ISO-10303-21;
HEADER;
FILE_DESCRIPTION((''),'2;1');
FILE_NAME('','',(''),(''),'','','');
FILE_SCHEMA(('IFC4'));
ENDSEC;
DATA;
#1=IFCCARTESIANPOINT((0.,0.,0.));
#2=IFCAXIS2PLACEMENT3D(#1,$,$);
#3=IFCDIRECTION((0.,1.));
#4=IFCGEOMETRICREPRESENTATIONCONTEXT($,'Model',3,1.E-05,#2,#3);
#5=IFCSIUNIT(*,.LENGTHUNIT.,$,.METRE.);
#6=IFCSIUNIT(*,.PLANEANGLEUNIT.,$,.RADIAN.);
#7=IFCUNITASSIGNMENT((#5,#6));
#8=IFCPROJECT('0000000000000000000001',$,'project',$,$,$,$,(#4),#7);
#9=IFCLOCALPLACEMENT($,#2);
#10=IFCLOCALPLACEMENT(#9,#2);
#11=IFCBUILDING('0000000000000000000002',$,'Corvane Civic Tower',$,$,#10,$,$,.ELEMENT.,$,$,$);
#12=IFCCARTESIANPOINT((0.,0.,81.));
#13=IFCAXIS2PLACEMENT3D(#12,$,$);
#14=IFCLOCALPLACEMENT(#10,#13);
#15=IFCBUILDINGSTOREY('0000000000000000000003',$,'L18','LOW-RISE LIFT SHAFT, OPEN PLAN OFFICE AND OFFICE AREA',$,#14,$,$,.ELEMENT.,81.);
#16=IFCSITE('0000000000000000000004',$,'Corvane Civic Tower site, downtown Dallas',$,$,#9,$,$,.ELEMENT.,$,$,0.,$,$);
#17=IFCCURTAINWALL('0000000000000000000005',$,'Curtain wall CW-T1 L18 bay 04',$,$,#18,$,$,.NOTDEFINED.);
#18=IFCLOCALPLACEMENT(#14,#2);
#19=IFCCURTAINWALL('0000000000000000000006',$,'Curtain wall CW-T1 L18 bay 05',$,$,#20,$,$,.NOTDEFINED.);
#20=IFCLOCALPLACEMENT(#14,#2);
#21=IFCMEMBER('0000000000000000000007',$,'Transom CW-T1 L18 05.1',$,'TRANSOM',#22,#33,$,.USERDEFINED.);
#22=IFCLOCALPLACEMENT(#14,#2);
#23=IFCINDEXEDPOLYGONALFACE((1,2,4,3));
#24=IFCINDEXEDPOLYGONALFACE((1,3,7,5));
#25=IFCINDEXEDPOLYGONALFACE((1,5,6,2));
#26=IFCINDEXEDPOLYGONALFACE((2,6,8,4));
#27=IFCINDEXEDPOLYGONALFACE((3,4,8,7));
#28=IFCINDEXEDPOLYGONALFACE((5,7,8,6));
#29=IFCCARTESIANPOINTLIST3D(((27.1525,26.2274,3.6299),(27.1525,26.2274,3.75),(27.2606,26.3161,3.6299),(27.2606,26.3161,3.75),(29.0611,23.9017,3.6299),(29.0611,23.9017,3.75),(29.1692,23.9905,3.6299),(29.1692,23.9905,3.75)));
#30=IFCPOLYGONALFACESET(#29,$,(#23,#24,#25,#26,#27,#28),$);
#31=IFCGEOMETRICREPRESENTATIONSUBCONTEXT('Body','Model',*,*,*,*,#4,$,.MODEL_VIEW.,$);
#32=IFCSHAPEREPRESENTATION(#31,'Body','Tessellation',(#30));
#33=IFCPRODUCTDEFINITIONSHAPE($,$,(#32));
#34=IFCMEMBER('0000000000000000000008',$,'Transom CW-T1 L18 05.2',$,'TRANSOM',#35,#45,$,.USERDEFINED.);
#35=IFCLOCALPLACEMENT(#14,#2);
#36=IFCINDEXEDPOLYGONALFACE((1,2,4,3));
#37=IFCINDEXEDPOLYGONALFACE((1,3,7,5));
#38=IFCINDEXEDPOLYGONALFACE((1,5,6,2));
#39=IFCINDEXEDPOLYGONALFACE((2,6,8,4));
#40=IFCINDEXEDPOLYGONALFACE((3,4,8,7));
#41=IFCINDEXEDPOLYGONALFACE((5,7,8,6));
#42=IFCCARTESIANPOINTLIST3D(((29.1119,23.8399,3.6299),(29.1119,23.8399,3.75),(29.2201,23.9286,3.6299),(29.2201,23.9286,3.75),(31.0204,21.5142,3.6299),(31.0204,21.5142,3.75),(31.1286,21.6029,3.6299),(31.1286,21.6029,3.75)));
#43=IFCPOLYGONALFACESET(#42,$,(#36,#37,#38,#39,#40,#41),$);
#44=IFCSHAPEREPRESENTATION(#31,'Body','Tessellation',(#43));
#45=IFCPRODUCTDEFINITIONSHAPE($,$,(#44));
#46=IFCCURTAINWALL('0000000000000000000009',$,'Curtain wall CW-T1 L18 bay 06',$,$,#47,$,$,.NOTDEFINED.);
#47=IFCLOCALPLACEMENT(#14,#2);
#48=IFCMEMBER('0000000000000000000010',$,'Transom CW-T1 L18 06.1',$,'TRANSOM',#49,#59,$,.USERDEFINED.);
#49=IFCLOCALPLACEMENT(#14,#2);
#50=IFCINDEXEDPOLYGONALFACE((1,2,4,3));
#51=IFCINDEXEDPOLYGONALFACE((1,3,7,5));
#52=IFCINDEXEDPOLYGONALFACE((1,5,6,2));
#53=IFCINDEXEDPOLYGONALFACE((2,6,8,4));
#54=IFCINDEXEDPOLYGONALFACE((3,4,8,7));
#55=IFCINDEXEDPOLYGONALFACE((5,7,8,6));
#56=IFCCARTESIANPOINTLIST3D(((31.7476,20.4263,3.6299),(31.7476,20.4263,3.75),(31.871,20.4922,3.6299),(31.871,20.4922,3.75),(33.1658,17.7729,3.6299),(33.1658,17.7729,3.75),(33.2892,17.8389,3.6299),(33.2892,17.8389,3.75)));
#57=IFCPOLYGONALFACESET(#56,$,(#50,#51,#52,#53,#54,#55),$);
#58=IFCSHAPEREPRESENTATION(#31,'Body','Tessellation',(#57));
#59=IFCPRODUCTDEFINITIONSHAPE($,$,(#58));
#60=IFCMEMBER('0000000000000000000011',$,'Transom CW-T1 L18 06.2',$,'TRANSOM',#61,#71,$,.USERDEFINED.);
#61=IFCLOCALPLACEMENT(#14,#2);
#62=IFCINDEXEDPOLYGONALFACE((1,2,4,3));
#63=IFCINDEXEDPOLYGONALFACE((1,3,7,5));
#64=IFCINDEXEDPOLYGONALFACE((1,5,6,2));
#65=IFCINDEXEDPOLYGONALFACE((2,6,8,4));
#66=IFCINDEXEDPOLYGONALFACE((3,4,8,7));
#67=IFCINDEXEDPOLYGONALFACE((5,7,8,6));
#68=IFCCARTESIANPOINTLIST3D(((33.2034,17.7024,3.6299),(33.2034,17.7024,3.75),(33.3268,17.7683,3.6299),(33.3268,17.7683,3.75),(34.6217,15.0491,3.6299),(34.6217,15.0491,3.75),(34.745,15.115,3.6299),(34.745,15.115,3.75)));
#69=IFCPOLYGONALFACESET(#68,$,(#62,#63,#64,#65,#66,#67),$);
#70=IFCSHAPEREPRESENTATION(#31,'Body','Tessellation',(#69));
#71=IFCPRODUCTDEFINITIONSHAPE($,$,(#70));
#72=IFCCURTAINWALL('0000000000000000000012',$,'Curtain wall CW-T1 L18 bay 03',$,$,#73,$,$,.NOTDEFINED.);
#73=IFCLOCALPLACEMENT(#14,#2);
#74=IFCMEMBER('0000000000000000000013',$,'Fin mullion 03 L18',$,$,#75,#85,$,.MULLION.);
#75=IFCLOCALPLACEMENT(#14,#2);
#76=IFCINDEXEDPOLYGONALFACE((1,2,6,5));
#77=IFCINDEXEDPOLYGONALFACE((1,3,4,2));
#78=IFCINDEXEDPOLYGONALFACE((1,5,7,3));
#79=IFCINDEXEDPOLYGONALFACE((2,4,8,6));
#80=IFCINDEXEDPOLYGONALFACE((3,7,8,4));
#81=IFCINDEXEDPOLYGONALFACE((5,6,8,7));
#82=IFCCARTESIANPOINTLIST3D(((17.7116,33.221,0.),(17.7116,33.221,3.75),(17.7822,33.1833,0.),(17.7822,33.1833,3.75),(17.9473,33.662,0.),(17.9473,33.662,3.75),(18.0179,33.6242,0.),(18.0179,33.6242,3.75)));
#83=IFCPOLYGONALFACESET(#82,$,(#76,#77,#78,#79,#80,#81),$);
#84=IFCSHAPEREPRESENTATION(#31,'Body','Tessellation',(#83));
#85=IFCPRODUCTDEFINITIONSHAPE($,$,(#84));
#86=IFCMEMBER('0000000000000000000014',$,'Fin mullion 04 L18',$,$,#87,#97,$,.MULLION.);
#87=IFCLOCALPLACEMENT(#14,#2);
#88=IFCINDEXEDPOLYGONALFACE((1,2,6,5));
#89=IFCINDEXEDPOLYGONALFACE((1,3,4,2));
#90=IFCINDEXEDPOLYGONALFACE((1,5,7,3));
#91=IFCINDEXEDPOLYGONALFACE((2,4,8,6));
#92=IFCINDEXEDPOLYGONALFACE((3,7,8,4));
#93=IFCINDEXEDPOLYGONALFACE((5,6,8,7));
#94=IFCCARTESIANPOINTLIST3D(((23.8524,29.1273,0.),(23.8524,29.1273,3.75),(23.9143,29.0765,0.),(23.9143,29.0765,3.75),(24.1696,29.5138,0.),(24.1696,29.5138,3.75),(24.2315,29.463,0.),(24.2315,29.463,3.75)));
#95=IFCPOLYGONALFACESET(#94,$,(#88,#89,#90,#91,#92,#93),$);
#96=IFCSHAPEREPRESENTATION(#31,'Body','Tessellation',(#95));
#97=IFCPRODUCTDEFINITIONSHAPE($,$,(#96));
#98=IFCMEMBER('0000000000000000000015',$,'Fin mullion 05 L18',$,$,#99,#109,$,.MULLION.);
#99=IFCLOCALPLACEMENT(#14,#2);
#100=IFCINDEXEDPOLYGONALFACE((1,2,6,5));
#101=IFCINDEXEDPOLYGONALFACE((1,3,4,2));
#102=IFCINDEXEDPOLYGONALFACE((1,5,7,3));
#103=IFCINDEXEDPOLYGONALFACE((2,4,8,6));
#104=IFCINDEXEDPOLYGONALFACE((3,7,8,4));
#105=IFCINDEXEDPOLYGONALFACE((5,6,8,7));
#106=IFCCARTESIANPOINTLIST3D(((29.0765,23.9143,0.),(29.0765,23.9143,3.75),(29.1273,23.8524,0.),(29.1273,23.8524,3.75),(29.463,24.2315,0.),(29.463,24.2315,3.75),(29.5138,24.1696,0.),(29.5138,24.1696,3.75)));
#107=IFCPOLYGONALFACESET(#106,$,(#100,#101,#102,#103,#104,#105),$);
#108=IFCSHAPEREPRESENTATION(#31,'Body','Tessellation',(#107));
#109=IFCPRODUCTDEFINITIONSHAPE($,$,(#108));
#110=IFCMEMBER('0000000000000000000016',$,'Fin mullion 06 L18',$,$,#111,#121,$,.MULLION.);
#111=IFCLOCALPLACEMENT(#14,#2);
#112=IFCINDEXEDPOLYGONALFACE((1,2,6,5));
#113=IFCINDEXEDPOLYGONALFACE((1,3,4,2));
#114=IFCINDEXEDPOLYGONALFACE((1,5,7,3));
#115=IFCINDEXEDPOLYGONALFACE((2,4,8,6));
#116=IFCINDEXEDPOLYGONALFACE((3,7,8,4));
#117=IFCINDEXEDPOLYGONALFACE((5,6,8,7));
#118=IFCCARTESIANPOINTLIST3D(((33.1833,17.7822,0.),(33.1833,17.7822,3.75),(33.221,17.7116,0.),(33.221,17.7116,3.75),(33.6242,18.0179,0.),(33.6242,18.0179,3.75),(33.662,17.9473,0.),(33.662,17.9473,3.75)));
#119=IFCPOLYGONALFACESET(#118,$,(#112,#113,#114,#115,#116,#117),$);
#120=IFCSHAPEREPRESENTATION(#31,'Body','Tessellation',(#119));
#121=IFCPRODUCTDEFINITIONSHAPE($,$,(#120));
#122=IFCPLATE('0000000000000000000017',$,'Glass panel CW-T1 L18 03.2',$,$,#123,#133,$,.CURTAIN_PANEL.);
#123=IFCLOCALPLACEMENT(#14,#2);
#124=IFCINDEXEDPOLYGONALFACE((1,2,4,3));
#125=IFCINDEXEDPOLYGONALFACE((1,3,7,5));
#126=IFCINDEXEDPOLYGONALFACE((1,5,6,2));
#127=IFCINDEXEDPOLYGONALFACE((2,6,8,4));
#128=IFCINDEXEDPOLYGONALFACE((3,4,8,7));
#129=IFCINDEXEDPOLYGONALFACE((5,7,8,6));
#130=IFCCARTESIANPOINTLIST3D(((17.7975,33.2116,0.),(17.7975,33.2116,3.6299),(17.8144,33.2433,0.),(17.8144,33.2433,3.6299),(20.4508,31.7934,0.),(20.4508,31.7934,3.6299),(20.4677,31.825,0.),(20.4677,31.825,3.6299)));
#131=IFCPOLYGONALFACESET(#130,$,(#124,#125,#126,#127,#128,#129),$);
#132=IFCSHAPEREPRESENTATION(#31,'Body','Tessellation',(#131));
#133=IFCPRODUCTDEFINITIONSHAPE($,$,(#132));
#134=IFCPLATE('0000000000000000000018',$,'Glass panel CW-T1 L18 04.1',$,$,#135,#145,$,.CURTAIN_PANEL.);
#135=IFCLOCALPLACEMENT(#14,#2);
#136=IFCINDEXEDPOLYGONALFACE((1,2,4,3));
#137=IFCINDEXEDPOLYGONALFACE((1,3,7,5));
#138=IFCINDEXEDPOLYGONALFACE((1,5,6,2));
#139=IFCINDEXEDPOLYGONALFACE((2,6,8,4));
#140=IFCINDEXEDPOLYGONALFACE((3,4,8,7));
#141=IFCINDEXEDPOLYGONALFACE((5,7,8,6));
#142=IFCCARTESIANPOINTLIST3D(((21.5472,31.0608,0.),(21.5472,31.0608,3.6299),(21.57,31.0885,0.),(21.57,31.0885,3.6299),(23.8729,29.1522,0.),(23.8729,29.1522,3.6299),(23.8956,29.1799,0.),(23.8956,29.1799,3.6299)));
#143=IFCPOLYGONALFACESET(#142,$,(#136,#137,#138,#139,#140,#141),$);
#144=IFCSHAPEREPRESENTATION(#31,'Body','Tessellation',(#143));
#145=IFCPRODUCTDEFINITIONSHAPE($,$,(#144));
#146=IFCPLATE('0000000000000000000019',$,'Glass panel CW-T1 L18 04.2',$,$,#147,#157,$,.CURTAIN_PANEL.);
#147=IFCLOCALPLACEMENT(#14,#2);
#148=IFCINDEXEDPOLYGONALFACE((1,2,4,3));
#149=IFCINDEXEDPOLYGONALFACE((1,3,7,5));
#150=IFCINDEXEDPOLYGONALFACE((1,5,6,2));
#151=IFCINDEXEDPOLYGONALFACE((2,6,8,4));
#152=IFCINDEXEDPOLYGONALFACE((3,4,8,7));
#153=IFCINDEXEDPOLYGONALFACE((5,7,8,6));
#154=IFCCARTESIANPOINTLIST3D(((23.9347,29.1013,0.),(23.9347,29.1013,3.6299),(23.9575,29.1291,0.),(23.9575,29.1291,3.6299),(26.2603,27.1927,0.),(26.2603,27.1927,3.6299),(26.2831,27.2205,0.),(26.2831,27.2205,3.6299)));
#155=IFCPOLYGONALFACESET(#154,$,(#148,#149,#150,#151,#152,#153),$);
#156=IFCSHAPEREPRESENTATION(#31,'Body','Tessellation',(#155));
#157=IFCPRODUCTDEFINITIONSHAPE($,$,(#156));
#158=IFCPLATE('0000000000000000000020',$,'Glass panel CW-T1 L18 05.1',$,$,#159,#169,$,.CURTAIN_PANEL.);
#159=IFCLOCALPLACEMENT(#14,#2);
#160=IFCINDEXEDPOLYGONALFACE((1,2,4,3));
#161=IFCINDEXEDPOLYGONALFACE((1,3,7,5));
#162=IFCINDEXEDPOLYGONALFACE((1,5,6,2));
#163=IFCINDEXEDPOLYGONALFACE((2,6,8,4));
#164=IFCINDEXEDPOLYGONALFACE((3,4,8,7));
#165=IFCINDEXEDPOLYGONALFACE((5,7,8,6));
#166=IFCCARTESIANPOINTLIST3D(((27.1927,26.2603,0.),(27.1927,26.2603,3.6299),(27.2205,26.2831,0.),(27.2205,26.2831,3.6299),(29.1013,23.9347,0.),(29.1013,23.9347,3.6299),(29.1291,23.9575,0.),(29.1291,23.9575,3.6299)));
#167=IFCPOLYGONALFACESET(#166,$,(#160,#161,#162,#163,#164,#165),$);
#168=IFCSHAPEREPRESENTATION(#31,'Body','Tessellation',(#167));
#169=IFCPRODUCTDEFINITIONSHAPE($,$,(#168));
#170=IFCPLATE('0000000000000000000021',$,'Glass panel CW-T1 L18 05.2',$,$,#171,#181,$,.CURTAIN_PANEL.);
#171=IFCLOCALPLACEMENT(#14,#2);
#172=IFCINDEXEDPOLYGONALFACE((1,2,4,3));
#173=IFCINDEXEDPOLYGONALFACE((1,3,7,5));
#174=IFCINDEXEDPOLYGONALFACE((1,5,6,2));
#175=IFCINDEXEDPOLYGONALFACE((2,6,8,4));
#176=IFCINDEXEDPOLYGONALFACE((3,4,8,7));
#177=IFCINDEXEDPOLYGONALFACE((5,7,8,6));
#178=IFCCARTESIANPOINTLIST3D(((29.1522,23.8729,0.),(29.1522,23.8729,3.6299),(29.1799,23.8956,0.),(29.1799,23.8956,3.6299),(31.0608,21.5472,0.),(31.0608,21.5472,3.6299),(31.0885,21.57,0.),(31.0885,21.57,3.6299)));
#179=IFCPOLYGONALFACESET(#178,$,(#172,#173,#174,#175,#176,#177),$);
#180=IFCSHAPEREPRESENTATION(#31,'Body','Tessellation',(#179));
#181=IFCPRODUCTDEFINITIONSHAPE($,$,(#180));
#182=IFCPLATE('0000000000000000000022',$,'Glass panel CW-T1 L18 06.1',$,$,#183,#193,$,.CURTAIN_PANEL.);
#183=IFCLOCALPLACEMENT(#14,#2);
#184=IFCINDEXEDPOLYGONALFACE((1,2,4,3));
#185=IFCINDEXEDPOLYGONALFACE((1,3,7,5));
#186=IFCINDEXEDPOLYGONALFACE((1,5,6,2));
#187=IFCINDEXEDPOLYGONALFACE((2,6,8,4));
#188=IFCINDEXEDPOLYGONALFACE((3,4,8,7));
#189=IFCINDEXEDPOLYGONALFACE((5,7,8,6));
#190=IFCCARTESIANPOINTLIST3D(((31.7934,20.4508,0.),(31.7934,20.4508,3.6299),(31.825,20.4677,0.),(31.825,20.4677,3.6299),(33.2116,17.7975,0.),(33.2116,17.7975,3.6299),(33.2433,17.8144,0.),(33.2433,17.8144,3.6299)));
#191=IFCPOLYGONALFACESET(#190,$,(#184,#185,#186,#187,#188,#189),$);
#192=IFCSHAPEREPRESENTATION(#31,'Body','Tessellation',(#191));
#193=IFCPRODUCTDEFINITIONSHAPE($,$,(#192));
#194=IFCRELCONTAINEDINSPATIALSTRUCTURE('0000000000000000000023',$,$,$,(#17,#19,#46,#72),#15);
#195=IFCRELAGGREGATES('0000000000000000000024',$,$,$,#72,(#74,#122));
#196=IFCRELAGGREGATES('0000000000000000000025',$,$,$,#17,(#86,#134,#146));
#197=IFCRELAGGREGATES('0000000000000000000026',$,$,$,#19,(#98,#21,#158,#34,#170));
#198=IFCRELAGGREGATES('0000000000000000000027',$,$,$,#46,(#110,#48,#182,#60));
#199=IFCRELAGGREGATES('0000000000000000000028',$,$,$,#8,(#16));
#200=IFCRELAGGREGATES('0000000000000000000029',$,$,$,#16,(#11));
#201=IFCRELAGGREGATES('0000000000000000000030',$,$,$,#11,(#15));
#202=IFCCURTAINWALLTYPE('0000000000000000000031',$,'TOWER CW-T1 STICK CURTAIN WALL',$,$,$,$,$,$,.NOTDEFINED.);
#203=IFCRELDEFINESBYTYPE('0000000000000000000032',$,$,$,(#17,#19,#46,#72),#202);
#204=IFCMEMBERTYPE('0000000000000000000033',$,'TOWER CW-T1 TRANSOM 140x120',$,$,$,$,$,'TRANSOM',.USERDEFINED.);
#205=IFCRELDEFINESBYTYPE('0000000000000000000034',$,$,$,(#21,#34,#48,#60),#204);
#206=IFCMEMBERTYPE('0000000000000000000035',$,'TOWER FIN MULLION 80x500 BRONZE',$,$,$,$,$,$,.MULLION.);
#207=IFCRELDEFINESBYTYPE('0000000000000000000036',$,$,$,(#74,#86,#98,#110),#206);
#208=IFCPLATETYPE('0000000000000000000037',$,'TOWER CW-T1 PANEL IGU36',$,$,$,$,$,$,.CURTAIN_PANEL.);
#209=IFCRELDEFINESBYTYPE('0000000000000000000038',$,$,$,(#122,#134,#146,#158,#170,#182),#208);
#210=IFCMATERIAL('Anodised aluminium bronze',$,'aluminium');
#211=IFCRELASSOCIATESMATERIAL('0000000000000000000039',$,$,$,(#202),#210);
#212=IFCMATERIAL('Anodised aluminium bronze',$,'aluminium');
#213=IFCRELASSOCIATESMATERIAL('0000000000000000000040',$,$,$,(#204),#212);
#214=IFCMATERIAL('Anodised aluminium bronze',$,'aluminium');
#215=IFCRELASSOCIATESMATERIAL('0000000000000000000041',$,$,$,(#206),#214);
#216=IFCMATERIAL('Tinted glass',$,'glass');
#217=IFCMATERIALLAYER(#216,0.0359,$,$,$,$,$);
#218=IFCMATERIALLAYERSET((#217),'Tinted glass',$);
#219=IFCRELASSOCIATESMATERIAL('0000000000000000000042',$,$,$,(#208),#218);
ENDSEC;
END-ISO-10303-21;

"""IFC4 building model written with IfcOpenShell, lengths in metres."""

from ifc_helpers import new_model, si_unit, direction, frame, origin, origin_2d, place, context, subcontext, project, spatial, rectangle, extrude, material, layer, layer_set, material_profile, profile_set, type_object, element, aggregate, save


model = new_model("IFC4")

# Units and contexts
model_context = context("Model", 3, precision=1e-05, world=origin(), true_north=direction((0.0, 1.0)))
body_context = subcontext(model_context, "Body", "Model", "MODEL_VIEW")
ifc_project = project(units=[si_unit("LENGTHUNIT", "METRE"), si_unit("PLANEANGLEUNIT", "RADIAN")], contexts=[model_context])

# Site, building, storey
site_placement = place(None, origin())
site = spatial("IfcSite", under=ifc_project, at=site_placement, Name="Corvane Civic Tower site, downtown Dallas", CompositionType="ELEMENT", RefElevation=0.0)
building_placement = place(site_placement, origin())
building = spatial("IfcBuilding", under=site, at=building_placement, Name="Corvane Civic Tower", CompositionType="ELEMENT")
storey_placement = place(building_placement, frame((0.0, 0.0, 81.0)))
storey = spatial("IfcBuildingStorey", under=building, at=storey_placement, Name="L18", Description="LOW-RISE LIFT SHAFT, OPEN PLAN OFFICE AND OFFICE AREA", CompositionType="ELEMENT", Elevation=81.0)

# Curtain walls, members
ifc_material_1 = material(Name="Anodised aluminium bronze", Category="aluminium")
curtain_wall_type = type_object("IfcCurtainWallType", Name="TOWER CW-T1 STICK CURTAIN WALL", PredefinedType="NOTDEFINED", material=ifc_material_1)
curtain_wall_1_placement = place(storey_placement, origin())
curtain_wall_1 = element("IfcCurtainWall", 1, at=curtain_wall_1_placement, inside=storey, type_object=curtain_wall_type, Name="Curtain wall CW-T1 L18 bay 04", PredefinedType="NOTDEFINED")
ifc_material_2 = material(Name="Anodised aluminium bronze", Category="aluminium")
ifc_material_profile_1 = material_profile(ifc_material_2, rectangle(XDim=0.1399, YDim=0.1201, at=origin_2d()), Name="TOWER CW-T1 TRANSOM 140x120")
ifc_profile_set_1 = profile_set([ifc_material_profile_1], Name="Anodised aluminium bronze")
member_type_1 = type_object("IfcMemberType", Name="TOWER CW-T1 TRANSOM 140x120", ElementType="TRANSOM", PredefinedType="USERDEFINED", material=ifc_profile_set_1)
curtain_wall_2_placement = place(storey_placement, origin())
curtain_wall_2 = element("IfcCurtainWall", 2, at=curtain_wall_2_placement, inside=storey, type_object=curtain_wall_type, Name="Curtain wall CW-T1 L18 bay 05", PredefinedType="NOTDEFINED")
member_1_placement = place(storey_placement, frame((27.2065, 26.2717, 3.6899), z_axis=(0.634404, -0.773002, 0.0), x_axis=(0.773002, 0.634404, 0.0)))
member_1 = element("IfcMember", 3, at=member_1_placement, type_object=member_type_1, Name="Transom CW-T1 L18 05.1", ObjectType="TRANSOM", PredefinedType="USERDEFINED", context=body_context, shape_type="SweptSolid", body=[
    extrude(rectangle(XDim=0.1399, YDim=0.1201, at=origin_2d()), origin(), (0.0, 0.0, 1.0), 3.0085),
])
member_2_placement = place(storey_placement, frame((29.166, 23.8843, 3.6899), z_axis=(0.634355, -0.773042, 0.0), x_axis=(0.773042, 0.634355, 0.0)))
member_2 = element("IfcMember", 4, at=member_2_placement, type_object=member_type_1, Name="Transom CW-T1 L18 05.2", ObjectType="TRANSOM", PredefinedType="USERDEFINED", context=body_context, shape_type="SweptSolid", body=[
    extrude(rectangle(XDim=0.1399, YDim=0.1201, at=origin_2d()), origin(), (0.0, 0.0, 1.0), 3.0085),
])
curtain_wall_3_placement = place(storey_placement, origin())
curtain_wall_3 = element("IfcCurtainWall", 5, at=curtain_wall_3_placement, inside=storey, type_object=curtain_wall_type, Name="Curtain wall CW-T1 L18 bay 06", PredefinedType="NOTDEFINED")
member_3_placement = place(storey_placement, frame((31.8093, 20.4592, 3.6899), z_axis=(0.471393, -0.881924, 0.0), x_axis=(0.881924, 0.471393, 0.0)))
member_3 = element("IfcMember", 6, at=member_3_placement, type_object=member_type_1, Name="Transom CW-T1 L18 06.1", ObjectType="TRANSOM", PredefinedType="USERDEFINED", context=body_context, shape_type="SweptSolid", body=[
    extrude(rectangle(XDim=0.1399, YDim=0.1201, at=origin_2d()), origin(), (0.0, 0.0, 1.0), 3.0085),
])
member_4_placement = place(storey_placement, frame((33.2651, 17.7354, 3.6899), z_axis=(0.471393, -0.881924, 0.0), x_axis=(0.881924, 0.471393, 0.0)))
member_4 = element("IfcMember", 7, at=member_4_placement, type_object=member_type_1, Name="Transom CW-T1 L18 06.2", ObjectType="TRANSOM", PredefinedType="USERDEFINED", context=body_context, shape_type="SweptSolid", body=[
    extrude(rectangle(XDim=0.1399, YDim=0.1201, at=origin_2d()), origin(), (0.0, 0.0, 1.0), 3.0085),
])

# Curtain wall, member
curtain_wall_4_placement = place(storey_placement, origin())
curtain_wall_4 = element("IfcCurtainWall", 8, at=curtain_wall_4_placement, inside=storey, type_object=curtain_wall_type, Name="Curtain wall CW-T1 L18 bay 03", PredefinedType="NOTDEFINED")
ifc_material_3 = material(Name="Anodised aluminium bronze", Category="aluminium")
ifc_material_profile_2 = material_profile(ifc_material_3, rectangle(XDim=0.0801, YDim=0.5, at=origin_2d()), Name="TOWER FIN MULLION 80x500 BRONZE")
ifc_profile_set_2 = profile_set([ifc_material_profile_2], Name="Anodised aluminium bronze")
member_type_2 = type_object("IfcMemberType", Name="TOWER FIN MULLION 80x500 BRONZE", PredefinedType="MULLION", material=ifc_profile_set_2)
member_5_placement = place(storey_placement, frame((17.8647, 33.4226, 0.0), z_axis=(0.0, 0.0, 1.0), x_axis=(0.881918, -0.471404, 0.0)))
member_5 = element("IfcMember", 9, at=member_5_placement, type_object=member_type_2, Name="Fin mullion 03 L18", PredefinedType="MULLION", context=body_context, shape_type="SweptSolid", body=[
    extrude(rectangle(XDim=0.0801, YDim=0.5, at=origin_2d()), origin(), (0.0, 0.0, 1.0), 3.75),
])

# Members
member_6_placement = place(storey_placement, frame((24.042, 29.2952, 0.0), z_axis=(0.0, 0.0, 1.0), x_axis=(0.773007, -0.634397, 0.0)))
member_6 = element("IfcMember", 10, at=member_6_placement, type_object=member_type_2, Name="Fin mullion 04 L18", PredefinedType="MULLION", context=body_context, shape_type="SweptSolid", body=[
    extrude(rectangle(XDim=0.0801, YDim=0.5, at=origin_2d()), origin(), (0.0, 0.0, 1.0), 3.75),
])
member_7_placement = place(storey_placement, frame((29.2952, 24.042, 0.0), z_axis=(0.0, 0.0, 1.0), x_axis=(0.634397, -0.773007, 0.0)))
member_7 = element("IfcMember", 11, at=member_7_placement, type_object=member_type_2, Name="Fin mullion 05 L18", PredefinedType="MULLION", context=body_context, shape_type="SweptSolid", body=[
    extrude(rectangle(XDim=0.0801, YDim=0.5, at=origin_2d()), origin(), (0.0, 0.0, 1.0), 3.75),
])
member_8_placement = place(storey_placement, frame((33.4226, 17.8647, 0.0), z_axis=(0.0, 0.0, 1.0), x_axis=(0.471404, -0.881918, 0.0)))
member_8 = element("IfcMember", 12, at=member_8_placement, type_object=member_type_2, Name="Fin mullion 06 L18", PredefinedType="MULLION", context=body_context, shape_type="SweptSolid", body=[
    extrude(rectangle(XDim=0.0801, YDim=0.5, at=origin_2d()), origin(), (0.0, 0.0, 1.0), 3.75),
])

# Plates
ifc_material_4 = material(Name="Tinted glass", Category="glass")
ifc_layer = layer(ifc_material_4, 0.0359)
ifc_layer_set = layer_set([ifc_layer], Name="Tinted glass")
plate_type = type_object("IfcPlateType", Name="TOWER CW-T1 PANEL IGU36", PredefinedType="CURTAIN_PANEL", material=ifc_layer_set)
plate_1_placement = place(storey_placement, frame((19.1326, 32.5183, 0.0), z_axis=(0.0, 0.0, 1.0), x_axis=(0.881918, -0.471404, 0.0)))
plate_1 = element("IfcPlate", 13, at=plate_1_placement, type_object=plate_type, Name="Glass panel CW-T1 L18 03.2", PredefinedType="CURTAIN_PANEL", context=body_context, shape_type="SweptSolid", body=[
    extrude(rectangle(XDim=3.0085, YDim=0.0359, at=origin_2d()), origin(), (0.0, 0.0, 1.0), 3.6299),
])
aggregate(curtain_wall_4, [member_5, plate_1])
plate_2_placement = place(storey_placement, frame((22.7214, 30.1204, 0.0), z_axis=(0.0, 0.0, 1.0), x_axis=(0.773007, -0.634397, 0.0)))
plate_2 = element("IfcPlate", 14, at=plate_2_placement, type_object=plate_type, Name="Glass panel CW-T1 L18 04.1", PredefinedType="CURTAIN_PANEL", context=body_context, shape_type="SweptSolid", body=[
    extrude(rectangle(XDim=3.0085, YDim=0.0359, at=origin_2d()), origin(), (0.0, 0.0, 1.0), 3.6299),
])
plate_3_placement = place(storey_placement, frame((25.1089, 28.1609, 0.0), z_axis=(0.0, 0.0, 1.0), x_axis=(0.773007, -0.634397, 0.0)))
plate_3 = element("IfcPlate", 15, at=plate_3_placement, type_object=plate_type, Name="Glass panel CW-T1 L18 04.2", PredefinedType="CURTAIN_PANEL", context=body_context, shape_type="SweptSolid", body=[
    extrude(rectangle(XDim=3.0085, YDim=0.0359, at=origin_2d()), origin(), (0.0, 0.0, 1.0), 3.6299),
])
aggregate(curtain_wall_1, [member_6, plate_2, plate_3])
plate_4_placement = place(storey_placement, frame((28.1609, 25.1089, 0.0), z_axis=(0.0, 0.0, 1.0), x_axis=(0.634397, -0.773007, 0.0)))
plate_4 = element("IfcPlate", 16, at=plate_4_placement, type_object=plate_type, Name="Glass panel CW-T1 L18 05.1", PredefinedType="CURTAIN_PANEL", context=body_context, shape_type="SweptSolid", body=[
    extrude(rectangle(XDim=3.0085, YDim=0.0359, at=origin_2d()), origin(), (0.0, 0.0, 1.0), 3.6299),
])
plate_5_placement = place(storey_placement, frame((30.1204, 22.7214, 0.0), z_axis=(0.0, 0.0, 1.0), x_axis=(0.634397, -0.773007, 0.0)))
plate_5 = element("IfcPlate", 17, at=plate_5_placement, type_object=plate_type, Name="Glass panel CW-T1 L18 05.2", PredefinedType="CURTAIN_PANEL", context=body_context, shape_type="SweptSolid", body=[
    extrude(rectangle(XDim=3.0085, YDim=0.0359, at=origin_2d()), origin(), (0.0, 0.0, 1.0), 3.6299),
])
aggregate(curtain_wall_2, [member_7, member_1, plate_4, member_2, plate_5])
plate_6_placement = place(storey_placement, frame((32.5183, 19.1326, 0.0), z_axis=(0.0, 0.0, 1.0), x_axis=(0.471404, -0.881918, 0.0)))
plate_6 = element("IfcPlate", 18, at=plate_6_placement, type_object=plate_type, Name="Glass panel CW-T1 L18 06.1", PredefinedType="CURTAIN_PANEL", context=body_context, shape_type="SweptSolid", body=[
    extrude(rectangle(XDim=3.0085, YDim=0.0359, at=origin_2d()), origin(), (0.0, 0.0, 1.0), 3.6299),
])
aggregate(curtain_wall_3, [member_8, member_3, plate_6, member_4])

save(model, "model.ifc")
